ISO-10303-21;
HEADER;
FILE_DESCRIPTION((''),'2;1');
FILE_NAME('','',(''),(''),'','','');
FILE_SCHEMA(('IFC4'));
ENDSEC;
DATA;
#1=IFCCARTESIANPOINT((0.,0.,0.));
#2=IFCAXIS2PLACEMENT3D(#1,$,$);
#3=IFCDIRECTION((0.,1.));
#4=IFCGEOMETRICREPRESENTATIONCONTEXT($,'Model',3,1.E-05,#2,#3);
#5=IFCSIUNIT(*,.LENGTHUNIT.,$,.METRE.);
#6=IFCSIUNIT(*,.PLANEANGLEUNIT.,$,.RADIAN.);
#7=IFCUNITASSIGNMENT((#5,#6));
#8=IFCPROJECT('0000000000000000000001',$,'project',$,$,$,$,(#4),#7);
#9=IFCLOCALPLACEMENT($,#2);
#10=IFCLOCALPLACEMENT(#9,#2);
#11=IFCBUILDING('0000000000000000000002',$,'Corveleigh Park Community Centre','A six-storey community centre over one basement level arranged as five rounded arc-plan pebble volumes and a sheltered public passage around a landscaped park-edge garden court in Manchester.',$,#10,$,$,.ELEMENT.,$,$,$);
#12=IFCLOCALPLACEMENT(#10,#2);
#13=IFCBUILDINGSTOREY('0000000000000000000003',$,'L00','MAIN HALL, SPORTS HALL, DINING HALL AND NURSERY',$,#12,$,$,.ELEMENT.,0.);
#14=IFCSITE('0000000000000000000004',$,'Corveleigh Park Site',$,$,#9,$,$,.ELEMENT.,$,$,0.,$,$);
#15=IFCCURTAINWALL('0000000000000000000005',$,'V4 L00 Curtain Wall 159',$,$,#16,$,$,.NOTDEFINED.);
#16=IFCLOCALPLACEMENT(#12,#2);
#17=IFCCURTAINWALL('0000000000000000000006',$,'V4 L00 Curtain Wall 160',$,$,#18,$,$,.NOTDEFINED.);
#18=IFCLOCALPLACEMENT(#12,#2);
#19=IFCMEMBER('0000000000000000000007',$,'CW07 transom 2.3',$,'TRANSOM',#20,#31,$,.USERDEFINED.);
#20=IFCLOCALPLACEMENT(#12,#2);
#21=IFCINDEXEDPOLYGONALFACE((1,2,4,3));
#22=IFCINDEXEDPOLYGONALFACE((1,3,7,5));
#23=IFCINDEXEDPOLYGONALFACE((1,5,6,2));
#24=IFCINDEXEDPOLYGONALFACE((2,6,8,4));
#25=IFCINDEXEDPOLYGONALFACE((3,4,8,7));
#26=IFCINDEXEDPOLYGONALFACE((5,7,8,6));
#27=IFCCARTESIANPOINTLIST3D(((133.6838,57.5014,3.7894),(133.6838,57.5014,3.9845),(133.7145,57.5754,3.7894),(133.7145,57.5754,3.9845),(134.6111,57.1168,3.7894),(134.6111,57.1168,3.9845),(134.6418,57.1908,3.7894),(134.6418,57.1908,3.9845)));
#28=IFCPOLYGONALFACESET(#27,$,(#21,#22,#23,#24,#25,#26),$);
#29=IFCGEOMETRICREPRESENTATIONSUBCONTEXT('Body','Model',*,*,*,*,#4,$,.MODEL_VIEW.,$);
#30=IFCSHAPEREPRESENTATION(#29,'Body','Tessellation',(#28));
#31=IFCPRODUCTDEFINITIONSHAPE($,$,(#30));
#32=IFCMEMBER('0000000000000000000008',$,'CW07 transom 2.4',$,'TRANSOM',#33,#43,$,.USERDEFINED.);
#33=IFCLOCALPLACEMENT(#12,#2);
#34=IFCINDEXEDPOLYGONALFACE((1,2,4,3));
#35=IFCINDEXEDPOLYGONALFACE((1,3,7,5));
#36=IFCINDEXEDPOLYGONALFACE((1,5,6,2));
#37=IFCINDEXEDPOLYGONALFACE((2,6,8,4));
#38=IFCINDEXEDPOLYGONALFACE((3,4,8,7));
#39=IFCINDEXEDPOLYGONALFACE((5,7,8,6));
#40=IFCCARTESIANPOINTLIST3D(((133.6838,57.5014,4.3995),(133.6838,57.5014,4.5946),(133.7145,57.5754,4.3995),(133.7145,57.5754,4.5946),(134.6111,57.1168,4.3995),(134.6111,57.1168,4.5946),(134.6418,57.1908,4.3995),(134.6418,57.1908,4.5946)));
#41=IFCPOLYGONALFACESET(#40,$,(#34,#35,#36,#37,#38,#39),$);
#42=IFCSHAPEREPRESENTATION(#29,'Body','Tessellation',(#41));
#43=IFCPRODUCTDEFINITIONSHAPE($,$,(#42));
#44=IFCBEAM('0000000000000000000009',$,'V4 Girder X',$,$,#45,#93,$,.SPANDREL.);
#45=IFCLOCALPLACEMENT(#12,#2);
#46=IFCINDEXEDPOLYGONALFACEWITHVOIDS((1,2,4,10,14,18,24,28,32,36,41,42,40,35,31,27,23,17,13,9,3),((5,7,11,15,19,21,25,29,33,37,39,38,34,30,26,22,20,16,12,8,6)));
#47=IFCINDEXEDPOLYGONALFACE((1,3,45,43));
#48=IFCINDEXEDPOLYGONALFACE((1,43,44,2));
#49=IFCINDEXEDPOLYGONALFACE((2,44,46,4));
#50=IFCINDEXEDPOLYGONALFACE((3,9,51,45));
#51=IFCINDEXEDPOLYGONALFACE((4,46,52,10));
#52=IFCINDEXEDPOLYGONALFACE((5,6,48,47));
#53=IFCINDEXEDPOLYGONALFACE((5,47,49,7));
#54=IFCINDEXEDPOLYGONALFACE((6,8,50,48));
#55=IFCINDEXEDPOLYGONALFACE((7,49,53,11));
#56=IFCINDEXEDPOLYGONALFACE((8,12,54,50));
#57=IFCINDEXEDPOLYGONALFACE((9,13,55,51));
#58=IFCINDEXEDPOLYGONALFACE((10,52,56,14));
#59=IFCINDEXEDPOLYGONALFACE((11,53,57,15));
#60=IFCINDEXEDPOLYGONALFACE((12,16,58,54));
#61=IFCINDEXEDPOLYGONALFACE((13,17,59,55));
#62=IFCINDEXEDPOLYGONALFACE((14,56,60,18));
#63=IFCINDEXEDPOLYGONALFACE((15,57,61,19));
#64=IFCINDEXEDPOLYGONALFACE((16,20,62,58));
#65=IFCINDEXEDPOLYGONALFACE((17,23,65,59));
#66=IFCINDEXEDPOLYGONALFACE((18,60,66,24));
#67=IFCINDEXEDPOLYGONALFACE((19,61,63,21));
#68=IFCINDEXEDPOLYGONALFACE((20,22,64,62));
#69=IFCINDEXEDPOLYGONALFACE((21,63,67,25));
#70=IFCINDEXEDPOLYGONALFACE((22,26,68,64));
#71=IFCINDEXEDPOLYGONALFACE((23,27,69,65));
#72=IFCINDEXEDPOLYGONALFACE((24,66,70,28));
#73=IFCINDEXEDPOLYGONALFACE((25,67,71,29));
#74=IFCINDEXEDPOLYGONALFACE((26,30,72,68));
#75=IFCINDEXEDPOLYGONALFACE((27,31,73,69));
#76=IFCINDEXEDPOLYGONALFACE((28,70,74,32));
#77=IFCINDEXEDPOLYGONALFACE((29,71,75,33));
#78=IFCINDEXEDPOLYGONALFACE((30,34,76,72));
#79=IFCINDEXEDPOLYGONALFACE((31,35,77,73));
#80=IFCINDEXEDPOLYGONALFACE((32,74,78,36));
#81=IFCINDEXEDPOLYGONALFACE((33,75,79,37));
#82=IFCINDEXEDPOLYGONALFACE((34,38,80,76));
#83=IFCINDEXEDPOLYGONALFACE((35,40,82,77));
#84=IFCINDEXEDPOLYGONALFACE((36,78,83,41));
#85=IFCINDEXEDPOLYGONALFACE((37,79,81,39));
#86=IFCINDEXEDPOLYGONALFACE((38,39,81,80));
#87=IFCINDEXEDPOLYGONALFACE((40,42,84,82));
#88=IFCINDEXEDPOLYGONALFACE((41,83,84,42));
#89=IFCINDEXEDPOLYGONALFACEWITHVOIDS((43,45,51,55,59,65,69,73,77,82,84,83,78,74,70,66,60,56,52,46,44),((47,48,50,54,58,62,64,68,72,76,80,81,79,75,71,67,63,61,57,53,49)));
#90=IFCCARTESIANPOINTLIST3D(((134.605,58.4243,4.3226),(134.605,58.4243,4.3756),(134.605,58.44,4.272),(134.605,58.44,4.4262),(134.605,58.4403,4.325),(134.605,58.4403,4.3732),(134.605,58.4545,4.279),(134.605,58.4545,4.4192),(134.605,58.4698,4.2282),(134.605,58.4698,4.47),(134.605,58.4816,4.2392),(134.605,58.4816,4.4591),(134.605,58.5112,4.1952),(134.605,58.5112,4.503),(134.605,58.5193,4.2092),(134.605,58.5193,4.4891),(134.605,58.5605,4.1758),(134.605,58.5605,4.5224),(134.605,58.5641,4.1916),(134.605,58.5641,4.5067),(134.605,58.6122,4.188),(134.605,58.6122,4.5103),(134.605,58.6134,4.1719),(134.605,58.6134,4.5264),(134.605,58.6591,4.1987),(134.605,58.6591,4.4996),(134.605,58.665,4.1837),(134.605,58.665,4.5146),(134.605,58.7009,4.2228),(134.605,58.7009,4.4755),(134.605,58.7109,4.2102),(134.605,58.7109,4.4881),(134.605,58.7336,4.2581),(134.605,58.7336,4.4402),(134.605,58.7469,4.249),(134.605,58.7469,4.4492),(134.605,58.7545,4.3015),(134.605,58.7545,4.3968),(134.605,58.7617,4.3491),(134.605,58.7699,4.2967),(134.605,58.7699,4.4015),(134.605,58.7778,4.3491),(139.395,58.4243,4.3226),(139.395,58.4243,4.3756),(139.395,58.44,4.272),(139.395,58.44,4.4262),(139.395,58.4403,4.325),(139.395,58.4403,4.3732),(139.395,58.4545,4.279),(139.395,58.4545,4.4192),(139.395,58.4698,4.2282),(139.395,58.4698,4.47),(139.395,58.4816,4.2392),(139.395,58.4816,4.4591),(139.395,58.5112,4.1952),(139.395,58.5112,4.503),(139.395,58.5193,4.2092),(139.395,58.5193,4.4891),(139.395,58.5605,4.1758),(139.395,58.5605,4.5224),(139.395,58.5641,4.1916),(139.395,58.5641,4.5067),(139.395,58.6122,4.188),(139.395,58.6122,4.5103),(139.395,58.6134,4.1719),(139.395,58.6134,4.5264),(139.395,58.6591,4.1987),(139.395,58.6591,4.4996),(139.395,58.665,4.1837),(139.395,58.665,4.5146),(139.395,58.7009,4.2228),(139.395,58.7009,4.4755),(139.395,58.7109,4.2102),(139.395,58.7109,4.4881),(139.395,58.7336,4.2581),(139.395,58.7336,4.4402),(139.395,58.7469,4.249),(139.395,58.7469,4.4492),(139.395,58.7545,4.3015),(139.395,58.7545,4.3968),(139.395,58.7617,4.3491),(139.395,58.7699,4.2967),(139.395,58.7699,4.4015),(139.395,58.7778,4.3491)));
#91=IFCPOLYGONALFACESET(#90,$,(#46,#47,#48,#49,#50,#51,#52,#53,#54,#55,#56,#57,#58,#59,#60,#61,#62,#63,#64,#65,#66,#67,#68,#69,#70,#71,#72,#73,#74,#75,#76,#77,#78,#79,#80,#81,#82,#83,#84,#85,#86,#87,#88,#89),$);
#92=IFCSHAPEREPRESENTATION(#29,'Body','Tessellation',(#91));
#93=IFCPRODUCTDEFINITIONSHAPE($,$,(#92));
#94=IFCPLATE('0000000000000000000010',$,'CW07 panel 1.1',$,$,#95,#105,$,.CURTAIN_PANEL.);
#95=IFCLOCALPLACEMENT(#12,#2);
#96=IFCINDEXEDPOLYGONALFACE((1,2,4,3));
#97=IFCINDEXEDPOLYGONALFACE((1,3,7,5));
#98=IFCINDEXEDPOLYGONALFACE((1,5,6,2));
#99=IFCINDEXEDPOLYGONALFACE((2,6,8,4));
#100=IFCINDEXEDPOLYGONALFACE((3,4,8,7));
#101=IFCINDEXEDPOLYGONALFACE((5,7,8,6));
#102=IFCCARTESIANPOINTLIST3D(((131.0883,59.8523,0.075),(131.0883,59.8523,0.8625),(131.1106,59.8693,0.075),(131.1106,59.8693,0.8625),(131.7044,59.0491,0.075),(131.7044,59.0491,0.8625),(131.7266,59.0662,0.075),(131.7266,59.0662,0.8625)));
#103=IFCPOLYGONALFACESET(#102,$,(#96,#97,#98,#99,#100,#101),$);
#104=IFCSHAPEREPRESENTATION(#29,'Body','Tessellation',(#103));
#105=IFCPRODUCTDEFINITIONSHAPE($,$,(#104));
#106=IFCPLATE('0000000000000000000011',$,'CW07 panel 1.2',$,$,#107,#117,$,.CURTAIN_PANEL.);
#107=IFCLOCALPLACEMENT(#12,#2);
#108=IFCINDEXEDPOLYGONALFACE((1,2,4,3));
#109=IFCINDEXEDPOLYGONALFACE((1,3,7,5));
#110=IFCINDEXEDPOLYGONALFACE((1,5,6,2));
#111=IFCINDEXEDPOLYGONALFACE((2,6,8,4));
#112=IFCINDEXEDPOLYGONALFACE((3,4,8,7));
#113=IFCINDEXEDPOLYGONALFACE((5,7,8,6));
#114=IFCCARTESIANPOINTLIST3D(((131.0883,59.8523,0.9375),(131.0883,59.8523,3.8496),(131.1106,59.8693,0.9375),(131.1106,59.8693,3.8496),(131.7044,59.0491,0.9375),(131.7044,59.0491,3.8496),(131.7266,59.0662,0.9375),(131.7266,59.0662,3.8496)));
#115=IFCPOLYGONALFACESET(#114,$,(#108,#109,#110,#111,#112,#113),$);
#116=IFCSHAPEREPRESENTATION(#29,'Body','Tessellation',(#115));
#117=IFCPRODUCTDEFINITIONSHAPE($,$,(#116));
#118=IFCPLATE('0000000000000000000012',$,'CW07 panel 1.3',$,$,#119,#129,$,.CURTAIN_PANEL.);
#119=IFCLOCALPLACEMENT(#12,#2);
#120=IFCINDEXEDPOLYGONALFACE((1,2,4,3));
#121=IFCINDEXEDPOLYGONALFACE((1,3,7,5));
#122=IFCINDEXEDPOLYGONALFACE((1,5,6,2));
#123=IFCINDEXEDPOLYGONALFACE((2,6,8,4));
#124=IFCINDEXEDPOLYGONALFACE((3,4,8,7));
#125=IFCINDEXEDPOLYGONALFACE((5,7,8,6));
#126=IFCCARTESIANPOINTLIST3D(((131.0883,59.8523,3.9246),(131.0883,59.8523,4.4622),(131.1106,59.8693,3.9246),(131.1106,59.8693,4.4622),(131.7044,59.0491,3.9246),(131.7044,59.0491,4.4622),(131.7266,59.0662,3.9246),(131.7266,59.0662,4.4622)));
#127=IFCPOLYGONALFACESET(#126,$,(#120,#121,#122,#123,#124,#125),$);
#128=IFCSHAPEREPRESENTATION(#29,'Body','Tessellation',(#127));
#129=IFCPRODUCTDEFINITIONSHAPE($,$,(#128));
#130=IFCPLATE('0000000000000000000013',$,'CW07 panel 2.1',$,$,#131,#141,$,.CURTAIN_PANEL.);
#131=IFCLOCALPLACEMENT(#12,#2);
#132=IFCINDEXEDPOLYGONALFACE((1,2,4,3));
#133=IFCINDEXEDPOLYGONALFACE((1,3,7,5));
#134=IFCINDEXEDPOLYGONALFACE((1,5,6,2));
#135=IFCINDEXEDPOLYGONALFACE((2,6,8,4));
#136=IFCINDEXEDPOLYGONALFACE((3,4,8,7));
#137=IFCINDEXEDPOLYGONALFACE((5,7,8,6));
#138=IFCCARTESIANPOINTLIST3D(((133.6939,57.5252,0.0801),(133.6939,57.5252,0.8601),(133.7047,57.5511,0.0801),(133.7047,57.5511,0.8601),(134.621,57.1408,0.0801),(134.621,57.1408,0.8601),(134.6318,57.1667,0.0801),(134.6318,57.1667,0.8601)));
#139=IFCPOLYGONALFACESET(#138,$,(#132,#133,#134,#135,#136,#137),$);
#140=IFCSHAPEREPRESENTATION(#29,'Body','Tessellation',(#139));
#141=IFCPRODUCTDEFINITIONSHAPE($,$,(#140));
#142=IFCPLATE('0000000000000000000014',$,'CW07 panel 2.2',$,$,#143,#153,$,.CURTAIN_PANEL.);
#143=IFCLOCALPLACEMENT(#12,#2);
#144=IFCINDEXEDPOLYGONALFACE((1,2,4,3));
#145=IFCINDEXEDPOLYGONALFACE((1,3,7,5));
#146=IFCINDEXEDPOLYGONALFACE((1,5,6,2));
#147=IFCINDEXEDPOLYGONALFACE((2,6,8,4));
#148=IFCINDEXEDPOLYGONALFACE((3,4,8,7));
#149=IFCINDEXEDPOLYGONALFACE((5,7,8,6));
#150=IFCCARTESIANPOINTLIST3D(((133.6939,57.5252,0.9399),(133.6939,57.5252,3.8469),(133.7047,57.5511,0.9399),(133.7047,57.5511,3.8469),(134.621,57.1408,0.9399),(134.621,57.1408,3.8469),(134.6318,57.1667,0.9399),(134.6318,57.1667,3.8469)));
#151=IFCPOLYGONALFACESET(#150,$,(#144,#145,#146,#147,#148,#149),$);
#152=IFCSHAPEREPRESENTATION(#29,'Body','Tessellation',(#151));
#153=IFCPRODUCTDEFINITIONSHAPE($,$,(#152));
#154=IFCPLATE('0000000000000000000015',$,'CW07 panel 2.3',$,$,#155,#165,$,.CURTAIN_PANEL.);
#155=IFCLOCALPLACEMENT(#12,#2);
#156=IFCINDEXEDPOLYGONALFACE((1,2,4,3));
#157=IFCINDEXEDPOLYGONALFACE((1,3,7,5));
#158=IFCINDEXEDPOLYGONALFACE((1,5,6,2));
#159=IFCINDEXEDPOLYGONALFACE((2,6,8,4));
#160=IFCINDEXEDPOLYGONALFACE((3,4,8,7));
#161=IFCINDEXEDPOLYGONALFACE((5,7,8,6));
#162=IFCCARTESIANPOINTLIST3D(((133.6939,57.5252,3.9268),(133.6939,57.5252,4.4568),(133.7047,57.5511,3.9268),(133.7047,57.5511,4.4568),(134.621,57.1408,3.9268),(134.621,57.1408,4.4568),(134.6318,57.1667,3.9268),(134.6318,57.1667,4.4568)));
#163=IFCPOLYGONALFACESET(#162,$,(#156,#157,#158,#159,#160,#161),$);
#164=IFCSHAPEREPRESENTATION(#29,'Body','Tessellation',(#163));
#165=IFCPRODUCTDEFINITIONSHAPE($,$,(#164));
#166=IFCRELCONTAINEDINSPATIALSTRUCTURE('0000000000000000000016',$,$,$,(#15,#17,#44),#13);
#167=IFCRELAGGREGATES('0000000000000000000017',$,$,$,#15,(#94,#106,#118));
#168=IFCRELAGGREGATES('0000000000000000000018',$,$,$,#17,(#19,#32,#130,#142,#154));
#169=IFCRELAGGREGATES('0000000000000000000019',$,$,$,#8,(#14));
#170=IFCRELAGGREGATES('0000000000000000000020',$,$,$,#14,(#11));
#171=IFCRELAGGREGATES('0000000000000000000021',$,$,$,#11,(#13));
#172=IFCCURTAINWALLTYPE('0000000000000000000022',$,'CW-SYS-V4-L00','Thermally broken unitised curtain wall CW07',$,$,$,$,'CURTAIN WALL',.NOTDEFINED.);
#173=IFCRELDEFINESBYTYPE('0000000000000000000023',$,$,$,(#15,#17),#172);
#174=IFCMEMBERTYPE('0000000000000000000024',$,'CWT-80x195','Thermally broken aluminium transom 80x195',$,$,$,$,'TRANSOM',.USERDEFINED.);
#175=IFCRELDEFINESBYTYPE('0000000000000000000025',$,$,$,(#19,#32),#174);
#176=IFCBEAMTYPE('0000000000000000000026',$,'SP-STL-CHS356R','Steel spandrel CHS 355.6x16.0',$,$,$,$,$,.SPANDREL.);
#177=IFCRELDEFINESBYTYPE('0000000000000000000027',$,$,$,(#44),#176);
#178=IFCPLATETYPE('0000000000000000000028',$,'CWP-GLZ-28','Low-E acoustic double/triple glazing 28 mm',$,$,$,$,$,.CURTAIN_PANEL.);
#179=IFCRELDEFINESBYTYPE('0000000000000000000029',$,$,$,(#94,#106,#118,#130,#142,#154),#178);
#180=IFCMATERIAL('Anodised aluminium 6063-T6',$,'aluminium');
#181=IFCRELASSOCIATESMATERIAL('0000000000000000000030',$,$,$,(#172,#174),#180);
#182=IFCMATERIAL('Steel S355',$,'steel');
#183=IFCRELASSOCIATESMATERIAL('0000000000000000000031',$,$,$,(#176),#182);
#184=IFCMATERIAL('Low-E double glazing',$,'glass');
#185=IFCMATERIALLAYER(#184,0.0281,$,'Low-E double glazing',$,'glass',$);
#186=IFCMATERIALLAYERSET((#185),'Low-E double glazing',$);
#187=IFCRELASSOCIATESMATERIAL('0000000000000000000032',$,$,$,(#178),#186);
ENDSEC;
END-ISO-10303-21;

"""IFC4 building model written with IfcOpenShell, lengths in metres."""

from ifc_helpers import new_model, si_unit, direction, frame, origin, origin_2d, place, context, subcontext, project, spatial, rectangle, hollow_circle, extrude, material, layer, layer_set, material_profile, profile_set, type_object, element, aggregate, save


model = new_model("IFC4")

# Units and contexts
model_context = context("Model", 3, precision=1e-05, world=origin(), true_north=direction((0.0, 1.0)))
body_context = subcontext(model_context, "Body", "Model", "MODEL_VIEW")
ifc_project = project(units=[si_unit("LENGTHUNIT", "METRE"), si_unit("PLANEANGLEUNIT", "RADIAN")], contexts=[model_context])

# Site, building, storey
site_placement = place(None, origin())
site = spatial("IfcSite", under=ifc_project, at=site_placement, Name="Corveleigh Park Site", CompositionType="ELEMENT", RefElevation=0.0)
building_placement = place(site_placement, origin())
building = spatial("IfcBuilding", under=site, at=building_placement, Name="Corveleigh Park Community Centre", Description="A six-storey community centre over one basement level arranged as five rounded arc-plan pebble volumes and a sheltered public passage around a landscaped park-edge garden court in Manchester.", CompositionType="ELEMENT")
storey_placement = place(building_placement, origin())
storey = spatial("IfcBuildingStorey", under=building, at=storey_placement, Name="L00", Description="MAIN HALL, SPORTS HALL, DINING HALL AND NURSERY", CompositionType="ELEMENT", Elevation=0.0)

# Shared definitions
ifc_material_1 = material(Name="Steel S355", Category="steel")

# Curtain walls
ifc_material_2 = material(Name="Anodised aluminium 6063-T6", Category="aluminium")
curtain_wall_type = type_object("IfcCurtainWallType", Name="CW-SYS-V4-L00", Description="Thermally broken unitised curtain wall CW07", ElementType="CURTAIN WALL", PredefinedType="NOTDEFINED", material=ifc_material_2)
curtain_wall_1_placement = place(storey_placement, origin())
curtain_wall_1 = element("IfcCurtainWall", 1, at=curtain_wall_1_placement, inside=storey, type_object=curtain_wall_type, Name="V4 L00 Curtain Wall 159", PredefinedType="NOTDEFINED")
curtain_wall_2_placement = place(storey_placement, origin())
curtain_wall_2 = element("IfcCurtainWall", 2, at=curtain_wall_2_placement, inside=storey, type_object=curtain_wall_type, Name="V4 L00 Curtain Wall 160", PredefinedType="NOTDEFINED")

# Members
ifc_material_profile_1 = material_profile(ifc_material_2, rectangle(XDim=0.0801, YDim=0.1951, at=origin_2d()), Name="ALU-T80x195", Category="aluminium")
ifc_profile_set_1 = profile_set([ifc_material_profile_1], Name="Anodised aluminium 6063-T6")
member_type_1 = type_object("IfcMemberType", Name="CWT-80x195", Description="Thermally broken aluminium transom 80x195", ElementType="TRANSOM", PredefinedType="USERDEFINED", material=ifc_profile_set_1)
member_1_placement = place(storey_placement, frame((134.6265, 57.1538, 3.887), z_axis=(-0.923723, 0.383061, 0.0), x_axis=(-0.383061, -0.923723, 0.0)))
member_1 = element("IfcMember", 3, at=member_1_placement, type_object=member_type_1, Name="CW07 transom 2.3", ObjectType="TRANSOM", PredefinedType="USERDEFINED", context=body_context, shape_type="SweptSolid", body=[
    extrude(rectangle(XDim=0.0801, YDim=0.1951, at=origin_2d()), origin(), (0.0, 0.0, 1.0), 1.0039),
])
member_2_placement = place(storey_placement, frame((134.6265, 57.1538, 4.4971), z_axis=(-0.923723, 0.383061, 0.0), x_axis=(-0.383061, -0.923723, 0.0)))
member_2 = element("IfcMember", 4, at=member_2_placement, type_object=member_type_1, Name="CW07 transom 2.4", ObjectType="TRANSOM", PredefinedType="USERDEFINED", context=body_context, shape_type="SweptSolid", body=[
    extrude(rectangle(XDim=0.0801, YDim=0.1951, at=origin_2d()), origin(), (0.0, 0.0, 1.0), 1.0039),
])

# Beam
ifc_material_profile_2 = material_profile(ifc_material_1, hollow_circle(Radius=0.1777, WallThickness=0.0161, at=origin_2d()), Name="CHS 355.6x16.0", Category="steel")
ifc_profile_set_2 = profile_set([ifc_material_profile_2], Name="Steel S355")
beam_type_1 = type_object("IfcBeamType", Name="SP-STL-CHS356R", Description="Steel spandrel CHS 355.6x16.0", PredefinedType="SPANDREL", material=ifc_profile_set_2)
beam_1_placement = place(storey_placement, frame((134.605, 58.6001, 4.3491), z_axis=(1.0, 0.0, 0.0), x_axis=(0.0, 1.0, 0.0)))
element("IfcBeam", 5, at=beam_1_placement, inside=storey, type_object=beam_type_1, Name="V4 Girder X", PredefinedType="SPANDREL", context=body_context, shape_type="SweptSolid", body=[
    extrude(hollow_circle(Radius=0.1777, WallThickness=0.0161, at=origin_2d()), origin(), (0.0, 0.0, 1.0), 4.79),
])

# Plates
ifc_material_3 = material(Name="Low-E double glazing", Category="glass")
ifc_layer_1 = layer(ifc_material_3, 0.0281, Name="Low-E double glazing", Category="glass")
ifc_layer_set_1 = layer_set([ifc_layer_1], Name="Low-E double glazing")
plate_type = type_object("IfcPlateType", Name="CWP-GLZ-28", Description="Low-E acoustic double/triple glazing 28 mm", PredefinedType="CURTAIN_PANEL", material=ifc_layer_set_1)
plate_1_placement = place(storey_placement, frame((131.4075, 59.4592, 0.075), z_axis=(0.0, 0.0, 1.0), x_axis=(-0.608629, 0.793455, 0.0)))
plate_1 = element("IfcPlate", 6, at=plate_1_placement, type_object=plate_type, Name="CW07 panel 1.1", PredefinedType="CURTAIN_PANEL", context=body_context, shape_type="SweptSolid", body=[
    extrude(rectangle(XDim=1.0122, YDim=0.0281, at=origin_2d()), origin(), (0.0, 0.0, 1.0), 0.7876),
])
plate_2_placement = place(storey_placement, frame((131.4075, 59.4592, 0.9375), z_axis=(0.0, 0.0, 1.0), x_axis=(-0.608629, 0.793455, 0.0)))
plate_2 = element("IfcPlate", 7, at=plate_2_placement, type_object=plate_type, Name="CW07 panel 1.2", PredefinedType="CURTAIN_PANEL", context=body_context, shape_type="SweptSolid", body=[
    extrude(rectangle(XDim=1.0122, YDim=0.0281, at=origin_2d()), origin(), (0.0, 0.0, 1.0), 2.9121),
])
plate_3_placement = place(storey_placement, frame((131.4075, 59.4592, 3.9246), z_axis=(0.0, 0.0, 1.0), x_axis=(-0.608629, 0.793455, 0.0)))
plate_3 = element("IfcPlate", 8, at=plate_3_placement, type_object=plate_type, Name="CW07 panel 1.3", PredefinedType="CURTAIN_PANEL", context=body_context, shape_type="SweptSolid", body=[
    extrude(rectangle(XDim=1.0122, YDim=0.0281, at=origin_2d()), origin(), (0.0, 0.0, 1.0), 0.5376),
])
aggregate(curtain_wall_1, [plate_1, plate_2, plate_3])
plate_4_placement = place(storey_placement, frame((134.1628, 57.3459, 0.0801), z_axis=(0.0, 0.0, 1.0), x_axis=(-0.923738, 0.383024, 0.0)))
plate_4 = element("IfcPlate", 9, at=plate_4_placement, type_object=plate_type, Name="CW07 panel 2.1", PredefinedType="CURTAIN_PANEL", context=body_context, shape_type="SweptSolid", body=[
    extrude(rectangle(XDim=1.0037, YDim=0.0281, at=origin_2d()), origin(), (0.0, 0.0, 1.0), 0.78),
])
plate_5_placement = place(storey_placement, frame((134.1628, 57.3459, 0.9399), z_axis=(0.0, 0.0, 1.0), x_axis=(-0.923738, 0.383024, 0.0)))
plate_5 = element("IfcPlate", 10, at=plate_5_placement, type_object=plate_type, Name="CW07 panel 2.2", PredefinedType="CURTAIN_PANEL", context=body_context, shape_type="SweptSolid", body=[
    extrude(rectangle(XDim=1.0037, YDim=0.0281, at=origin_2d()), origin(), (0.0, 0.0, 1.0), 2.907),
])
plate_6_placement = place(storey_placement, frame((134.1628, 57.3459, 3.9268), z_axis=(0.0, 0.0, 1.0), x_axis=(-0.923738, 0.383024, 0.0)))
plate_6 = element("IfcPlate", 11, at=plate_6_placement, type_object=plate_type, Name="CW07 panel 2.3", PredefinedType="CURTAIN_PANEL", context=body_context, shape_type="SweptSolid", body=[
    extrude(rectangle(XDim=1.0037, YDim=0.0281, at=origin_2d()), origin(), (0.0, 0.0, 1.0), 0.53),
])
aggregate(curtain_wall_2, [member_1, member_2, plate_4, plate_5, plate_6])

save(model, "model.ifc")
